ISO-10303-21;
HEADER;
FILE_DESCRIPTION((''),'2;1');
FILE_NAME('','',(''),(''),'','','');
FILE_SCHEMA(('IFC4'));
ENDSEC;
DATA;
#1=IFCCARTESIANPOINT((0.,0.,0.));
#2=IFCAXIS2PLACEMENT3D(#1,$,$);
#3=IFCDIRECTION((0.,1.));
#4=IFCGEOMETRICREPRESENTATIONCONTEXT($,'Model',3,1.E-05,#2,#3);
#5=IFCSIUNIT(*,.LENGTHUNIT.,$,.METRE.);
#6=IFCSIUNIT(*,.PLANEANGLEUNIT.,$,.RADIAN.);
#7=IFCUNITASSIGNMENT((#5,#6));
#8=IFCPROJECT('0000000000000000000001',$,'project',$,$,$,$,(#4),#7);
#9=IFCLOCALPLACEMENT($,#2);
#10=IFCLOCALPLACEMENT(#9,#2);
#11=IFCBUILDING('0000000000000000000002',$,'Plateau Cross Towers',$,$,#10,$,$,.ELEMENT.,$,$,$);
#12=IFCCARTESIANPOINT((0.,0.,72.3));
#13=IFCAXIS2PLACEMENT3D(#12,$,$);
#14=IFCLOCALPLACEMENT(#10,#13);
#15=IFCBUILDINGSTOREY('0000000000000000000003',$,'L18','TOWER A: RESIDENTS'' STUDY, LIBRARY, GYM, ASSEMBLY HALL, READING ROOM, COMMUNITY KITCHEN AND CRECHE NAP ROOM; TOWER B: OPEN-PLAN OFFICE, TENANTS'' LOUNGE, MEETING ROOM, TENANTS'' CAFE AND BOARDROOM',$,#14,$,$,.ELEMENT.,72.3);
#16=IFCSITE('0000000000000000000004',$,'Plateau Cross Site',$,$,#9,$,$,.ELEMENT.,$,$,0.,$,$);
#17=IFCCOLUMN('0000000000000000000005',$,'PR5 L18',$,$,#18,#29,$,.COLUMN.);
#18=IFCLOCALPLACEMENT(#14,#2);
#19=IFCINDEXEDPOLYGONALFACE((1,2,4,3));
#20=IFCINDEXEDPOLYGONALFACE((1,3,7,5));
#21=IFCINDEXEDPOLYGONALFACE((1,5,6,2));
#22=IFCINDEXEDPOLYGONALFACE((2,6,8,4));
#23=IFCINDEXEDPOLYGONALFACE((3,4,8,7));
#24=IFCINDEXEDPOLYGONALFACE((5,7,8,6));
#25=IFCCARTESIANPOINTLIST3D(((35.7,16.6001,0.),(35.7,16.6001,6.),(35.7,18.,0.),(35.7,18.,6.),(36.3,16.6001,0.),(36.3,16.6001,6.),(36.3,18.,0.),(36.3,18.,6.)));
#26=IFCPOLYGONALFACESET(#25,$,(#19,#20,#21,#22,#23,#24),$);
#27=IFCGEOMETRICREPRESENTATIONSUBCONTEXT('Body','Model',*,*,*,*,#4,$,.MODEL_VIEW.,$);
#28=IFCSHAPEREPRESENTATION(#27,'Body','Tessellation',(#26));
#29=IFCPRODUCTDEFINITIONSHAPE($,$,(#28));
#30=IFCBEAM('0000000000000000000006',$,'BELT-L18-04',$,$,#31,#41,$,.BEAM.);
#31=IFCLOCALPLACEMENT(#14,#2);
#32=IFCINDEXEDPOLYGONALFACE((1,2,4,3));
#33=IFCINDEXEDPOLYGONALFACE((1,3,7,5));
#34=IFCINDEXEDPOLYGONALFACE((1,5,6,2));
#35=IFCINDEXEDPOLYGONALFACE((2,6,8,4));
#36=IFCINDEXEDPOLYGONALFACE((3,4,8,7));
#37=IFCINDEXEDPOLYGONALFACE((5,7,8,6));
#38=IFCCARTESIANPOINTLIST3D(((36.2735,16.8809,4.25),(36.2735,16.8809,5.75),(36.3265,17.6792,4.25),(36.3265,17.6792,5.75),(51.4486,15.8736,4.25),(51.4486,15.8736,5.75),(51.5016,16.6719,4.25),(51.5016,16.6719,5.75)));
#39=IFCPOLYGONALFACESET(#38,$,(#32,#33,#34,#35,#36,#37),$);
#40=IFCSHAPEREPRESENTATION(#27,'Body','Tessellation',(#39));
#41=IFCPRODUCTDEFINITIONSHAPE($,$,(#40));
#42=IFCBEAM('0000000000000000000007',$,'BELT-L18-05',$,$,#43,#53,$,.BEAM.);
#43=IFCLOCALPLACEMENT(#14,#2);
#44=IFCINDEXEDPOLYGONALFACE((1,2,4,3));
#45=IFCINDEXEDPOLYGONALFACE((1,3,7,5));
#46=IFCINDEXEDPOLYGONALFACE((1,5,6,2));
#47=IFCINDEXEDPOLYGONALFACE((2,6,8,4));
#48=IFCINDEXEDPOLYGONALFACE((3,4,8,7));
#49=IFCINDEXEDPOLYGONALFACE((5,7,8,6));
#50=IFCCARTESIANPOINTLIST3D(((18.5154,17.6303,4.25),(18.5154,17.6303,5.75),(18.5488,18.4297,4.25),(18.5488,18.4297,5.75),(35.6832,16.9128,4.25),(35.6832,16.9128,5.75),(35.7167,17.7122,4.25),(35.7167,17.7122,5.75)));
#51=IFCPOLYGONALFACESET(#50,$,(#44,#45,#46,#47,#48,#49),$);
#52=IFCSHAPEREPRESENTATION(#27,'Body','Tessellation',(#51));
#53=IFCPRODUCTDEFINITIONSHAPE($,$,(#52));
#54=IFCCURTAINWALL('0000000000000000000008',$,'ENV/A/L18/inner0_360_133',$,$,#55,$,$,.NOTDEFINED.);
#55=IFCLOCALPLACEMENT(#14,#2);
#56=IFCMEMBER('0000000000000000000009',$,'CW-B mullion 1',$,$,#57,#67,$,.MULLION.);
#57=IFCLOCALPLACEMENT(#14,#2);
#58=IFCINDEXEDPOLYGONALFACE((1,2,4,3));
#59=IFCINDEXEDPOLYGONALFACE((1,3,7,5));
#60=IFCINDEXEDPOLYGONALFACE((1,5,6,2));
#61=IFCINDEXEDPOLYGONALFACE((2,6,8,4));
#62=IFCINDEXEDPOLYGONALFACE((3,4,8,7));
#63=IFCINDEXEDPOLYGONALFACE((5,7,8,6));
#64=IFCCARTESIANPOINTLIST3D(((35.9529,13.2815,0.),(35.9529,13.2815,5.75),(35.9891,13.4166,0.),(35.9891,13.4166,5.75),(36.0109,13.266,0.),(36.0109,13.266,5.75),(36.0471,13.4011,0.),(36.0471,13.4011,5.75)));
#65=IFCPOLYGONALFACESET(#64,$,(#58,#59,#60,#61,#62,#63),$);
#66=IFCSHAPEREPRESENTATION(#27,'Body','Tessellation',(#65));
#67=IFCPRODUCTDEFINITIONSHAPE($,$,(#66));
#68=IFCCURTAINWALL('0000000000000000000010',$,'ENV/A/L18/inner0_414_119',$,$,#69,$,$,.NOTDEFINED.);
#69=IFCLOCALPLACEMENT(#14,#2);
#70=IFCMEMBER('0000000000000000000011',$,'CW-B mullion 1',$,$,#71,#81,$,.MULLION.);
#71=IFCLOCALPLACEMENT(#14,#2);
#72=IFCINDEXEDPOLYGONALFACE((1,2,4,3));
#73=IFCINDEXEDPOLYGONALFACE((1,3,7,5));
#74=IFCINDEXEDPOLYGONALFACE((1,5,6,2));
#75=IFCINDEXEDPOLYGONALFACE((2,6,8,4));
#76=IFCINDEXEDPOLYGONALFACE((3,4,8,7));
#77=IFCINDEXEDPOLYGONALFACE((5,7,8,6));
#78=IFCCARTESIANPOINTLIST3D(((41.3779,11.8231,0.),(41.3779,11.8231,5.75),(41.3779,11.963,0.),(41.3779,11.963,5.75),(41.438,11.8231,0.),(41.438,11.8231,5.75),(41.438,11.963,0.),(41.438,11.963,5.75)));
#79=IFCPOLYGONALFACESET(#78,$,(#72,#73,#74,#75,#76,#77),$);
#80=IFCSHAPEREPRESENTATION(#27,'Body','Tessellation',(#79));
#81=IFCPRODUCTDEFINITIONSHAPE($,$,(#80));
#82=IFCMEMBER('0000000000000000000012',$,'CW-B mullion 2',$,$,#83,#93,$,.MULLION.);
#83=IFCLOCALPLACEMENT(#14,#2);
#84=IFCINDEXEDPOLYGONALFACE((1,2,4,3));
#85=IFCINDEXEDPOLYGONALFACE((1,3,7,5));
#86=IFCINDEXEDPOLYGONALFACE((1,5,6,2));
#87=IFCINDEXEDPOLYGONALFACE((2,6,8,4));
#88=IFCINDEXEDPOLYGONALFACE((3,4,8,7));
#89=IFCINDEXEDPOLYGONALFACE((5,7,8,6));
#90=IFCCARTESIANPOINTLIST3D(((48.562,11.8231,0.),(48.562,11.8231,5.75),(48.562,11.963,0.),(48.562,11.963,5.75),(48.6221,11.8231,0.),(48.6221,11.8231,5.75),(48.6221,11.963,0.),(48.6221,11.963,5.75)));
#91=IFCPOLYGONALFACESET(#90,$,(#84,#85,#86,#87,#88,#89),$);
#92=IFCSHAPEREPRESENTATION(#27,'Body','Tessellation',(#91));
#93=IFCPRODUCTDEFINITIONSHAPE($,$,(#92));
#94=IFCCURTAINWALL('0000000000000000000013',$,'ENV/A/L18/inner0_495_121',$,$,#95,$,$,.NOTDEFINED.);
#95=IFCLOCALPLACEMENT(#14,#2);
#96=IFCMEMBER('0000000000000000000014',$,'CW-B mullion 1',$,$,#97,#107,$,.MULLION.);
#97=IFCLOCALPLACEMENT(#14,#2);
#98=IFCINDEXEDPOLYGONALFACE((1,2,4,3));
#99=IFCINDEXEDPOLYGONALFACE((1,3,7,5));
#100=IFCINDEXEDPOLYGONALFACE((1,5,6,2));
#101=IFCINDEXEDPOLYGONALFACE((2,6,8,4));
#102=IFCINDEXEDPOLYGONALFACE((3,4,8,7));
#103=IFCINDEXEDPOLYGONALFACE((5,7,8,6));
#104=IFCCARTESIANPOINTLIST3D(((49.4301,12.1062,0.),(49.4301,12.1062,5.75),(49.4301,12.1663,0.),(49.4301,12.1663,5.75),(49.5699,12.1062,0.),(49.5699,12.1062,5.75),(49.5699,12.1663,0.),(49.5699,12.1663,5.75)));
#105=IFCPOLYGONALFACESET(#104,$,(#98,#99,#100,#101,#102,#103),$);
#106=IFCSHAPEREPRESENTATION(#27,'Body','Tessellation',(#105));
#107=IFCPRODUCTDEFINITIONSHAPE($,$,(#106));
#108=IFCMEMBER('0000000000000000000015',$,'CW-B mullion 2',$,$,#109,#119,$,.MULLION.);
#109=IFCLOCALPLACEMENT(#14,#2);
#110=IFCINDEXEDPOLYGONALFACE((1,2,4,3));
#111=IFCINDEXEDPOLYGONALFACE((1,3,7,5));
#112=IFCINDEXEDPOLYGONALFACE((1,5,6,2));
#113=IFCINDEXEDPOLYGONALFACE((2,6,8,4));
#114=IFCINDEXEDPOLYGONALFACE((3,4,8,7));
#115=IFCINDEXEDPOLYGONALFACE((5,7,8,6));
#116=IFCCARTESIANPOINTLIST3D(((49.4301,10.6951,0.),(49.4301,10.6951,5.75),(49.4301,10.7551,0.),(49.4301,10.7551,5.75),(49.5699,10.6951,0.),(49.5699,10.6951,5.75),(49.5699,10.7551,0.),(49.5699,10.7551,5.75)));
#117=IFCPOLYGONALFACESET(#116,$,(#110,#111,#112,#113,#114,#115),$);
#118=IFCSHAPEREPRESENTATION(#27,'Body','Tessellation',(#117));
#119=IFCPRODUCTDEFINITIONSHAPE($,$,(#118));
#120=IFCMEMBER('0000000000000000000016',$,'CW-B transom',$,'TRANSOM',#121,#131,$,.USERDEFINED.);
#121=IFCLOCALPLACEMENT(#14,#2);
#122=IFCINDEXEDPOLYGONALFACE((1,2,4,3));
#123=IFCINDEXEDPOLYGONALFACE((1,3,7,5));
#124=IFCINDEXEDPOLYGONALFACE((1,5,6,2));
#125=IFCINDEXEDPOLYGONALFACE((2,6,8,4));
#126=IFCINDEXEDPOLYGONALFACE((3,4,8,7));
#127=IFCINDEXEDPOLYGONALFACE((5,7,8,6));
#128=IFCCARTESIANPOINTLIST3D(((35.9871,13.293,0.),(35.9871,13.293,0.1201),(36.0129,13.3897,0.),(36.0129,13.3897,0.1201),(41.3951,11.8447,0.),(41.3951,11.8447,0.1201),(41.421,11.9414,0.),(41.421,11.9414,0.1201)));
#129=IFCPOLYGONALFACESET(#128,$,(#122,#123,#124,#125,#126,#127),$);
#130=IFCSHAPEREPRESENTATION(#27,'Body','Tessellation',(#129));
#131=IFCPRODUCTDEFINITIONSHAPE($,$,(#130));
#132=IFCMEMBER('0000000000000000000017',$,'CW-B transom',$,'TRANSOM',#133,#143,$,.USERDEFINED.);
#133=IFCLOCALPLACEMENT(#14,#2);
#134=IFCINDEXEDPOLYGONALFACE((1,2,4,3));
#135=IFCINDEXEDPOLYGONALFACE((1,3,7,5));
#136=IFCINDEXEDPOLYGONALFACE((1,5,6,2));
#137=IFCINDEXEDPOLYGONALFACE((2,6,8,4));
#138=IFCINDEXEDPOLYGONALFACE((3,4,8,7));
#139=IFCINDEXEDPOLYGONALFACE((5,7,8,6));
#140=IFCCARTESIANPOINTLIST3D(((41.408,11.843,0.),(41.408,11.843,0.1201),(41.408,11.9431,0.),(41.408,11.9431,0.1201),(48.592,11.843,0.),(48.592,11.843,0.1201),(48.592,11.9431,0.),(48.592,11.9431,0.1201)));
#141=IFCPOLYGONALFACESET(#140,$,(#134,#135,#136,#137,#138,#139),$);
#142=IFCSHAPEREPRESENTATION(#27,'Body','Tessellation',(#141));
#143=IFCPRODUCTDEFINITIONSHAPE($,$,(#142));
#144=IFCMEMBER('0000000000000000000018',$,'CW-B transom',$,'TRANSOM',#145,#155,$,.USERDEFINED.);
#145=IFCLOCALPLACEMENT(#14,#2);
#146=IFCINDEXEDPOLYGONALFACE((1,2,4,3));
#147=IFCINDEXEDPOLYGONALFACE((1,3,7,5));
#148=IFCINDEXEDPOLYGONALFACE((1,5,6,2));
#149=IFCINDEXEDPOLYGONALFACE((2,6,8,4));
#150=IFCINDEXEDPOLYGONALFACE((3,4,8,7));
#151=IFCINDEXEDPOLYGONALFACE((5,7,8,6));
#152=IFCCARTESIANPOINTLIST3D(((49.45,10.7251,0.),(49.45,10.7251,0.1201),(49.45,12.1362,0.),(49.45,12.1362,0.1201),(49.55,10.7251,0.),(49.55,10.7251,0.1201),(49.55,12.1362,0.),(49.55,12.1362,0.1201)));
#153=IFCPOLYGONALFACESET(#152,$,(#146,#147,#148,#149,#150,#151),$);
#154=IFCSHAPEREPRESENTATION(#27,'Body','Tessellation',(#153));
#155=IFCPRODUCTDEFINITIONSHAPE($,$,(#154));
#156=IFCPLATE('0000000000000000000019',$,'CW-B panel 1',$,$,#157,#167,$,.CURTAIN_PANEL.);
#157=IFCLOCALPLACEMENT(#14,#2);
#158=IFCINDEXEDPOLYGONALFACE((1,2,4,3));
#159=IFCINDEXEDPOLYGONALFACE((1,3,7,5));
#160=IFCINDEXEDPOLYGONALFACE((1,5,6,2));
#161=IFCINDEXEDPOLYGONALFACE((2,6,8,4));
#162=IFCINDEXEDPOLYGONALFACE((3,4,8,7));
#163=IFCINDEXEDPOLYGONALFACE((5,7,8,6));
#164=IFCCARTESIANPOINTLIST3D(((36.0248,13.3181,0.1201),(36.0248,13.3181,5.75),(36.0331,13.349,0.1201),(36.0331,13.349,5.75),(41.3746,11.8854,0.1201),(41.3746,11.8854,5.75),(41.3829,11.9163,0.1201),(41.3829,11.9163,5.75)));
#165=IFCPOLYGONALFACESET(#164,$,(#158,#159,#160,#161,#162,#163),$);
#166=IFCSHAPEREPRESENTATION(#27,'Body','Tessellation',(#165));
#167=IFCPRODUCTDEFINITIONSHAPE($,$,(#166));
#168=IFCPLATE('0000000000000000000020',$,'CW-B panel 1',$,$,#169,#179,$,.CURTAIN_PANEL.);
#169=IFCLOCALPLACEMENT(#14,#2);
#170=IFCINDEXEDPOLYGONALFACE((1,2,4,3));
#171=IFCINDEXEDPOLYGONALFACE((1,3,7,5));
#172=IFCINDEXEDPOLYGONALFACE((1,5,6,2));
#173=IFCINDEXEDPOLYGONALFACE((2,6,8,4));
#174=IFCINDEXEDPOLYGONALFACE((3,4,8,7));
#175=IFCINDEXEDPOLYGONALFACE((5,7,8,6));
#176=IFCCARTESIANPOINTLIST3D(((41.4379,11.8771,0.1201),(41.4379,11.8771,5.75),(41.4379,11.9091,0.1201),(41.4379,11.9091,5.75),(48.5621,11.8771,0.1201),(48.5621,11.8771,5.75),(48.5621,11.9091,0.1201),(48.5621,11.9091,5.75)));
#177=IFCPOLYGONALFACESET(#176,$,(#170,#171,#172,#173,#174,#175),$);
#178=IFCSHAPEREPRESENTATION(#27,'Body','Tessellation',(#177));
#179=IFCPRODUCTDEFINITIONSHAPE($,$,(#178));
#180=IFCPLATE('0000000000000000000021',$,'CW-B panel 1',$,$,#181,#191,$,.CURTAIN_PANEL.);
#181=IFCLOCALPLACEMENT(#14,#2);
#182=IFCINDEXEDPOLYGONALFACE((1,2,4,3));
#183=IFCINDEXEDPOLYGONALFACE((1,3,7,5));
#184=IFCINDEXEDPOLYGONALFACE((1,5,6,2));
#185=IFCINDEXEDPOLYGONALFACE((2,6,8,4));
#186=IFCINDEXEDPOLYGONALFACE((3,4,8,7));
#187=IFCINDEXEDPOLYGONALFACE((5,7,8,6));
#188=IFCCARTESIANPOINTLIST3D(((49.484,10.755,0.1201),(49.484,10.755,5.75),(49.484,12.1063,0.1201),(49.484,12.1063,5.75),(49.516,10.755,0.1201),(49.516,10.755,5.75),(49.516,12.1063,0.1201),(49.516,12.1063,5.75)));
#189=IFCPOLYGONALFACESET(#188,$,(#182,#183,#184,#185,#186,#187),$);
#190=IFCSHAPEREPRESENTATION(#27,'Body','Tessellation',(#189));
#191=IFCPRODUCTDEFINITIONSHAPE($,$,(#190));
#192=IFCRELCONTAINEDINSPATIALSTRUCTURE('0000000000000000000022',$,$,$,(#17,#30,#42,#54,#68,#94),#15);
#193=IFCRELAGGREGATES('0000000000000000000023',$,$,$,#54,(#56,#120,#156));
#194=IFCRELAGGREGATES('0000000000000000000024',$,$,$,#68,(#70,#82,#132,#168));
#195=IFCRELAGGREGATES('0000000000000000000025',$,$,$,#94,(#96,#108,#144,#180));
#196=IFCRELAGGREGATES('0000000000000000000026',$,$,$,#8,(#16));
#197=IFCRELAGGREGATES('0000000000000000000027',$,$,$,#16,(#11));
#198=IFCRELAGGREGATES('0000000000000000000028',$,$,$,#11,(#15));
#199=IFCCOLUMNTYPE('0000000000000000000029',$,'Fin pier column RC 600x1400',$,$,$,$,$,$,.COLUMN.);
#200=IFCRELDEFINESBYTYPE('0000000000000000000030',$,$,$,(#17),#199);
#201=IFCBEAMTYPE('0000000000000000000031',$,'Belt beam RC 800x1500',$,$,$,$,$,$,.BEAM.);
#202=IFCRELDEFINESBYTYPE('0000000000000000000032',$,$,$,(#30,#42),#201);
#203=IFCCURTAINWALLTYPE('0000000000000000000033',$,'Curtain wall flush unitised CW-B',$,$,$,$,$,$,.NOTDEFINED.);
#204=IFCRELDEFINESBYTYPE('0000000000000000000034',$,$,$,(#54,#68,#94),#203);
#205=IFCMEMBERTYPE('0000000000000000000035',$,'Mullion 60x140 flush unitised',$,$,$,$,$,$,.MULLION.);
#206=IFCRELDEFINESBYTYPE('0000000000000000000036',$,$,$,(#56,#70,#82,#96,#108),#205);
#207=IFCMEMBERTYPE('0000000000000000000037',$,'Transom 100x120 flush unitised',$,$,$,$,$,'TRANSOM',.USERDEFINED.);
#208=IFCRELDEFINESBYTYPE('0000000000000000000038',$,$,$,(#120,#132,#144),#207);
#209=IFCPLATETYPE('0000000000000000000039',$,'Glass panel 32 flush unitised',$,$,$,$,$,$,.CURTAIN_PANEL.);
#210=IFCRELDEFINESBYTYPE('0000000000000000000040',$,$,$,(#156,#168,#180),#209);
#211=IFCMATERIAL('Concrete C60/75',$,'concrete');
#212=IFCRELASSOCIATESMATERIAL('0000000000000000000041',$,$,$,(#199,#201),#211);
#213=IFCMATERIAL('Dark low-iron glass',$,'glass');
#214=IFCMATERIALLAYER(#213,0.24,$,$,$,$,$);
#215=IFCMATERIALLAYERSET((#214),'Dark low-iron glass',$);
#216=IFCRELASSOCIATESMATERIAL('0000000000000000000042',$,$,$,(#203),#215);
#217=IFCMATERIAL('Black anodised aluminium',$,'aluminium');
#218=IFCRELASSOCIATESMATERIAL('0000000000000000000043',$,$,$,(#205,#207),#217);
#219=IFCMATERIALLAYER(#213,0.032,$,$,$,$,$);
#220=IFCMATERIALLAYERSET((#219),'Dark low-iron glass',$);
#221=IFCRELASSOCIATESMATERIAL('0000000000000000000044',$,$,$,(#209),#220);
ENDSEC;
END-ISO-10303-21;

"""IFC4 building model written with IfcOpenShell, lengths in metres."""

from ifc_helpers import new_model, si_unit, direction, frame, origin, origin_2d, place, context, subcontext, project, spatial, rectangle, extrude, material, layer, layer_set, material_profile, profile_set, type_object, element, aggregate, save


model = new_model("IFC4")

# Units and contexts
model_context = context("Model", 3, precision=1e-05, world=origin(), true_north=direction((0.0, 1.0)))
body_context = subcontext(model_context, "Body", "Model", "MODEL_VIEW")
ifc_project = project(units=[si_unit("LENGTHUNIT", "METRE"), si_unit("PLANEANGLEUNIT", "RADIAN")], contexts=[model_context])

# Site, building, storey
site_placement = place(None, origin())
site = spatial("IfcSite", under=ifc_project, at=site_placement, Name="Plateau Cross Site", CompositionType="ELEMENT", RefElevation=0.0)
building_placement = place(site_placement, origin())
building = spatial("IfcBuilding", under=site, at=building_placement, Name="Plateau Cross Towers", CompositionType="ELEMENT")
storey_placement = place(building_placement, frame((0.0, 0.0, 72.3)))
storey = spatial("IfcBuildingStorey", under=building, at=storey_placement, Name="L18", Description="TOWER A: RESIDENTS' STUDY, LIBRARY, GYM, ASSEMBLY HALL, READING ROOM, COMMUNITY KITCHEN AND CRECHE NAP ROOM; TOWER B: OPEN-PLAN OFFICE, TENANTS' LOUNGE, MEETING ROOM, TENANTS' CAFE AND BOARDROOM", CompositionType="ELEMENT", Elevation=72.3)

# Column
ifc_material_1 = material(Name="Concrete C60/75", Category="concrete")
ifc_material_profile_1 = material_profile(ifc_material_1, rectangle(XDim=0.6001, YDim=1.3999, at=origin_2d()), Name="RC 600x1400")
ifc_profile_set_1 = profile_set([ifc_material_profile_1], Name="Concrete C60/75")
column_type = type_object("IfcColumnType", Name="Fin pier column RC 600x1400", PredefinedType="COLUMN", material=ifc_profile_set_1)
column_placement = place(storey_placement, frame((36.0, 17.3, 0.0), z_axis=(0.0, 0.0, 1.0), x_axis=(1.0, 0.0, 0.0)))
element("IfcColumn", 1, at=column_placement, inside=storey, type_object=column_type, Name="PR5 L18", PredefinedType="COLUMN", context=body_context, shape_type="SweptSolid", body=[
    extrude(rectangle(XDim=0.6001, YDim=1.3999, at=origin_2d()), origin(), (0.0, 0.0, 1.0), 6.0),
])

# Beams
ifc_material_profile_2 = material_profile(ifc_material_1, rectangle(XDim=0.8, YDim=1.5, at=origin_2d()), Name="RC 800x1500")
ifc_profile_set_2 = profile_set([ifc_material_profile_2], Name="Concrete C60/75")
beam_type = type_object("IfcBeamType", Name="Belt beam RC 800x1500", PredefinedType="BEAM", material=ifc_profile_set_2)
beam_1_placement = place(storey_placement, frame((51.4751, 16.2727, 5.0), z_axis=(-0.997804, 0.066235, 0.0), x_axis=(-0.066235, -0.997804, 0.0)))
element("IfcBeam", 2, at=beam_1_placement, inside=storey, type_object=beam_type, Name="BELT-L18-04", PredefinedType="BEAM", context=body_context, shape_type="SweptSolid", body=[
    extrude(rectangle(XDim=0.8, YDim=1.5, at=origin_2d()), origin(), (0.0, 0.0, 1.0), 15.2085),
])
beam_2_placement = place(storey_placement, frame((35.7, 17.3125, 5.0), z_axis=(-0.999128, 0.041758, 0.0), x_axis=(-0.041758, -0.999128, 0.0)))
element("IfcBeam", 3, at=beam_2_placement, inside=storey, type_object=beam_type, Name="BELT-L18-05", PredefinedType="BEAM", context=body_context, shape_type="SweptSolid", body=[
    extrude(rectangle(XDim=0.8, YDim=1.5, at=origin_2d()), origin(), (0.0, 0.0, 1.0), 17.1829),
])

# Curtain wall, member
ifc_material_2 = material(Name="Dark low-iron glass", Category="glass")
ifc_layer_1 = layer(ifc_material_2, 0.24)
ifc_layer_set_1 = layer_set([ifc_layer_1], Name="Dark low-iron glass")
curtain_wall_type = type_object("IfcCurtainWallType", Name="Curtain wall flush unitised CW-B", PredefinedType="NOTDEFINED", material=ifc_layer_set_1)
curtain_wall_1_placement = place(storey_placement, origin())
curtain_wall_1 = element("IfcCurtainWall", 4, at=curtain_wall_1_placement, inside=storey, type_object=curtain_wall_type, Name="ENV/A/L18/inner0_360_133", PredefinedType="NOTDEFINED")
ifc_material_3 = material(Name="Black anodised aluminium", Category="aluminium")
ifc_material_profile_3 = material_profile(ifc_material_3, rectangle(XDim=0.0601, YDim=0.1399, at=origin_2d()), Name="MULLION 60x140")
ifc_profile_set_3 = profile_set([ifc_material_profile_3], Name="Black anodised aluminium")
member_type_1 = type_object("IfcMemberType", Name="Mullion 60x140 flush unitised", PredefinedType="MULLION", material=ifc_profile_set_3)
member_1_placement = place(storey_placement, frame((36.0, 13.3413, 0.0), z_axis=(0.0, 0.0, 1.0), x_axis=(0.965958, -0.258699, 0.0)))
member_1 = element("IfcMember", 5, at=member_1_placement, type_object=member_type_1, Name="CW-B mullion 1", PredefinedType="MULLION", context=body_context, shape_type="SweptSolid", body=[
    extrude(rectangle(XDim=0.0601, YDim=0.1399, at=origin_2d()), origin(), (0.0, 0.0, 1.0), 5.75),
])

# Curtain walls, members
curtain_wall_2_placement = place(storey_placement, origin())
curtain_wall_2 = element("IfcCurtainWall", 6, at=curtain_wall_2_placement, inside=storey, type_object=curtain_wall_type, Name="ENV/A/L18/inner0_414_119", PredefinedType="NOTDEFINED")
member_2_placement = place(storey_placement, frame((41.408, 11.8931, 0.0), z_axis=(0.0, 0.0, 1.0), x_axis=(1.0, 0.0, 0.0)))
member_2 = element("IfcMember", 7, at=member_2_placement, type_object=member_type_1, Name="CW-B mullion 1", PredefinedType="MULLION", context=body_context, shape_type="SweptSolid", body=[
    extrude(rectangle(XDim=0.0601, YDim=0.1399, at=origin_2d()), origin(), (0.0, 0.0, 1.0), 5.75),
])
member_3_placement = place(storey_placement, frame((48.592, 11.8931, 0.0), z_axis=(0.0, 0.0, 1.0), x_axis=(1.0, 0.0, 0.0)))
member_3 = element("IfcMember", 8, at=member_3_placement, type_object=member_type_1, Name="CW-B mullion 2", PredefinedType="MULLION", context=body_context, shape_type="SweptSolid", body=[
    extrude(rectangle(XDim=0.0601, YDim=0.1399, at=origin_2d()), origin(), (0.0, 0.0, 1.0), 5.75),
])
curtain_wall_3_placement = place(storey_placement, origin())
curtain_wall_3 = element("IfcCurtainWall", 9, at=curtain_wall_3_placement, inside=storey, type_object=curtain_wall_type, Name="ENV/A/L18/inner0_495_121", PredefinedType="NOTDEFINED")
member_4_placement = place(storey_placement, frame((49.5, 12.1362, 0.0), z_axis=(0.0, 0.0, 1.0), x_axis=(0.0, -1.0, 0.0)))
member_4 = element("IfcMember", 10, at=member_4_placement, type_object=member_type_1, Name="CW-B mullion 1", PredefinedType="MULLION", context=body_context, shape_type="SweptSolid", body=[
    extrude(rectangle(XDim=0.0601, YDim=0.1399, at=origin_2d()), origin(), (0.0, 0.0, 1.0), 5.75),
])
member_5_placement = place(storey_placement, frame((49.5, 10.7251, 0.0), z_axis=(0.0, 0.0, 1.0), x_axis=(0.0, -1.0, 0.0)))
member_5 = element("IfcMember", 11, at=member_5_placement, type_object=member_type_1, Name="CW-B mullion 2", PredefinedType="MULLION", context=body_context, shape_type="SweptSolid", body=[
    extrude(rectangle(XDim=0.0601, YDim=0.1399, at=origin_2d()), origin(), (0.0, 0.0, 1.0), 5.75),
])

# Members
ifc_material_profile_4 = material_profile(ifc_material_3, rectangle(XDim=0.1001, YDim=0.1201, at=origin_2d()), Name="TRANSOM 100x120")
ifc_profile_set_4 = profile_set([ifc_material_profile_4], Name="Black anodised aluminium")
member_type_2 = type_object("IfcMemberType", Name="Transom 100x120 flush unitised", ElementType="TRANSOM", PredefinedType="USERDEFINED", material=ifc_profile_set_4)
member_6_placement = place(storey_placement, frame((36.0, 13.3413, 0.0601), z_axis=(0.965962, -0.258683, 0.0), x_axis=(0.258683, 0.965962, 0.0)))
member_6 = element("IfcMember", 12, at=member_6_placement, type_object=member_type_2, Name="CW-B transom", ObjectType="TRANSOM", PredefinedType="USERDEFINED", context=body_context, shape_type="SweptSolid", body=[
    extrude(rectangle(XDim=0.1001, YDim=0.1201, at=origin_2d()), origin(), (0.0, 0.0, 1.0), 5.5986),
])
member_7_placement = place(storey_placement, frame((41.408, 11.8931, 0.0601), z_axis=(1.0, 0.0, 0.0), x_axis=(0.0, 1.0, 0.0)))
member_7 = element("IfcMember", 13, at=member_7_placement, type_object=member_type_2, Name="CW-B transom", ObjectType="TRANSOM", PredefinedType="USERDEFINED", context=body_context, shape_type="SweptSolid", body=[
    extrude(rectangle(XDim=0.1001, YDim=0.1201, at=origin_2d()), origin(), (0.0, 0.0, 1.0), 7.1841),
])
member_8_placement = place(storey_placement, frame((49.5, 12.1362, 0.0601), z_axis=(0.0, -1.0, 0.0), x_axis=(1.0, 0.0, 0.0)))
member_8 = element("IfcMember", 14, at=member_8_placement, type_object=member_type_2, Name="CW-B transom", ObjectType="TRANSOM", PredefinedType="USERDEFINED", context=body_context, shape_type="SweptSolid", body=[
    extrude(rectangle(XDim=0.1001, YDim=0.1201, at=origin_2d()), origin(), (0.0, 0.0, 1.0), 1.4111),
])

# Plates
ifc_layer_2 = layer(ifc_material_2, 0.032)
ifc_layer_set_2 = layer_set([ifc_layer_2], Name="Dark low-iron glass")
plate_type = type_object("IfcPlateType", Name="Glass panel 32 flush unitised", PredefinedType="CURTAIN_PANEL", material=ifc_layer_set_2)
plate_1_placement = place(storey_placement, frame((38.7039, 12.6172, 0.1201), z_axis=(0.0, 0.0, 1.0), x_axis=(0.965958, -0.258699, 0.0)))
plate_1 = element("IfcPlate", 15, at=plate_1_placement, type_object=plate_type, Name="CW-B panel 1", PredefinedType="CURTAIN_PANEL", context=body_context, shape_type="SweptSolid", body=[
    extrude(rectangle(XDim=5.5383, YDim=0.032, at=origin_2d()), origin(), (0.0, 0.0, 1.0), 5.6299),
])
aggregate(curtain_wall_1, [member_1, member_6, plate_1])
plate_2_placement = place(storey_placement, frame((45.0, 11.8931, 0.1201), z_axis=(0.0, 0.0, 1.0), x_axis=(1.0, 0.0, 0.0)))
plate_2 = element("IfcPlate", 16, at=plate_2_placement, type_object=plate_type, Name="CW-B panel 1", PredefinedType="CURTAIN_PANEL", context=body_context, shape_type="SweptSolid", body=[
    extrude(rectangle(XDim=7.1243, YDim=0.032, at=origin_2d()), origin(), (0.0, 0.0, 1.0), 5.6299),
])
aggregate(curtain_wall_2, [member_2, member_3, member_7, plate_2])
plate_3_placement = place(storey_placement, frame((49.5, 11.4307, 0.1201), z_axis=(0.0, 0.0, 1.0), x_axis=(0.0, -1.0, 0.0)))
plate_3 = element("IfcPlate", 17, at=plate_3_placement, type_object=plate_type, Name="CW-B panel 1", PredefinedType="CURTAIN_PANEL", context=body_context, shape_type="SweptSolid", body=[
    extrude(rectangle(XDim=1.3513, YDim=0.032, at=origin_2d()), origin(), (0.0, 0.0, 1.0), 5.6299),
])
aggregate(curtain_wall_3, [member_4, member_5, member_8, plate_3])

save(model, "model.ifc")
